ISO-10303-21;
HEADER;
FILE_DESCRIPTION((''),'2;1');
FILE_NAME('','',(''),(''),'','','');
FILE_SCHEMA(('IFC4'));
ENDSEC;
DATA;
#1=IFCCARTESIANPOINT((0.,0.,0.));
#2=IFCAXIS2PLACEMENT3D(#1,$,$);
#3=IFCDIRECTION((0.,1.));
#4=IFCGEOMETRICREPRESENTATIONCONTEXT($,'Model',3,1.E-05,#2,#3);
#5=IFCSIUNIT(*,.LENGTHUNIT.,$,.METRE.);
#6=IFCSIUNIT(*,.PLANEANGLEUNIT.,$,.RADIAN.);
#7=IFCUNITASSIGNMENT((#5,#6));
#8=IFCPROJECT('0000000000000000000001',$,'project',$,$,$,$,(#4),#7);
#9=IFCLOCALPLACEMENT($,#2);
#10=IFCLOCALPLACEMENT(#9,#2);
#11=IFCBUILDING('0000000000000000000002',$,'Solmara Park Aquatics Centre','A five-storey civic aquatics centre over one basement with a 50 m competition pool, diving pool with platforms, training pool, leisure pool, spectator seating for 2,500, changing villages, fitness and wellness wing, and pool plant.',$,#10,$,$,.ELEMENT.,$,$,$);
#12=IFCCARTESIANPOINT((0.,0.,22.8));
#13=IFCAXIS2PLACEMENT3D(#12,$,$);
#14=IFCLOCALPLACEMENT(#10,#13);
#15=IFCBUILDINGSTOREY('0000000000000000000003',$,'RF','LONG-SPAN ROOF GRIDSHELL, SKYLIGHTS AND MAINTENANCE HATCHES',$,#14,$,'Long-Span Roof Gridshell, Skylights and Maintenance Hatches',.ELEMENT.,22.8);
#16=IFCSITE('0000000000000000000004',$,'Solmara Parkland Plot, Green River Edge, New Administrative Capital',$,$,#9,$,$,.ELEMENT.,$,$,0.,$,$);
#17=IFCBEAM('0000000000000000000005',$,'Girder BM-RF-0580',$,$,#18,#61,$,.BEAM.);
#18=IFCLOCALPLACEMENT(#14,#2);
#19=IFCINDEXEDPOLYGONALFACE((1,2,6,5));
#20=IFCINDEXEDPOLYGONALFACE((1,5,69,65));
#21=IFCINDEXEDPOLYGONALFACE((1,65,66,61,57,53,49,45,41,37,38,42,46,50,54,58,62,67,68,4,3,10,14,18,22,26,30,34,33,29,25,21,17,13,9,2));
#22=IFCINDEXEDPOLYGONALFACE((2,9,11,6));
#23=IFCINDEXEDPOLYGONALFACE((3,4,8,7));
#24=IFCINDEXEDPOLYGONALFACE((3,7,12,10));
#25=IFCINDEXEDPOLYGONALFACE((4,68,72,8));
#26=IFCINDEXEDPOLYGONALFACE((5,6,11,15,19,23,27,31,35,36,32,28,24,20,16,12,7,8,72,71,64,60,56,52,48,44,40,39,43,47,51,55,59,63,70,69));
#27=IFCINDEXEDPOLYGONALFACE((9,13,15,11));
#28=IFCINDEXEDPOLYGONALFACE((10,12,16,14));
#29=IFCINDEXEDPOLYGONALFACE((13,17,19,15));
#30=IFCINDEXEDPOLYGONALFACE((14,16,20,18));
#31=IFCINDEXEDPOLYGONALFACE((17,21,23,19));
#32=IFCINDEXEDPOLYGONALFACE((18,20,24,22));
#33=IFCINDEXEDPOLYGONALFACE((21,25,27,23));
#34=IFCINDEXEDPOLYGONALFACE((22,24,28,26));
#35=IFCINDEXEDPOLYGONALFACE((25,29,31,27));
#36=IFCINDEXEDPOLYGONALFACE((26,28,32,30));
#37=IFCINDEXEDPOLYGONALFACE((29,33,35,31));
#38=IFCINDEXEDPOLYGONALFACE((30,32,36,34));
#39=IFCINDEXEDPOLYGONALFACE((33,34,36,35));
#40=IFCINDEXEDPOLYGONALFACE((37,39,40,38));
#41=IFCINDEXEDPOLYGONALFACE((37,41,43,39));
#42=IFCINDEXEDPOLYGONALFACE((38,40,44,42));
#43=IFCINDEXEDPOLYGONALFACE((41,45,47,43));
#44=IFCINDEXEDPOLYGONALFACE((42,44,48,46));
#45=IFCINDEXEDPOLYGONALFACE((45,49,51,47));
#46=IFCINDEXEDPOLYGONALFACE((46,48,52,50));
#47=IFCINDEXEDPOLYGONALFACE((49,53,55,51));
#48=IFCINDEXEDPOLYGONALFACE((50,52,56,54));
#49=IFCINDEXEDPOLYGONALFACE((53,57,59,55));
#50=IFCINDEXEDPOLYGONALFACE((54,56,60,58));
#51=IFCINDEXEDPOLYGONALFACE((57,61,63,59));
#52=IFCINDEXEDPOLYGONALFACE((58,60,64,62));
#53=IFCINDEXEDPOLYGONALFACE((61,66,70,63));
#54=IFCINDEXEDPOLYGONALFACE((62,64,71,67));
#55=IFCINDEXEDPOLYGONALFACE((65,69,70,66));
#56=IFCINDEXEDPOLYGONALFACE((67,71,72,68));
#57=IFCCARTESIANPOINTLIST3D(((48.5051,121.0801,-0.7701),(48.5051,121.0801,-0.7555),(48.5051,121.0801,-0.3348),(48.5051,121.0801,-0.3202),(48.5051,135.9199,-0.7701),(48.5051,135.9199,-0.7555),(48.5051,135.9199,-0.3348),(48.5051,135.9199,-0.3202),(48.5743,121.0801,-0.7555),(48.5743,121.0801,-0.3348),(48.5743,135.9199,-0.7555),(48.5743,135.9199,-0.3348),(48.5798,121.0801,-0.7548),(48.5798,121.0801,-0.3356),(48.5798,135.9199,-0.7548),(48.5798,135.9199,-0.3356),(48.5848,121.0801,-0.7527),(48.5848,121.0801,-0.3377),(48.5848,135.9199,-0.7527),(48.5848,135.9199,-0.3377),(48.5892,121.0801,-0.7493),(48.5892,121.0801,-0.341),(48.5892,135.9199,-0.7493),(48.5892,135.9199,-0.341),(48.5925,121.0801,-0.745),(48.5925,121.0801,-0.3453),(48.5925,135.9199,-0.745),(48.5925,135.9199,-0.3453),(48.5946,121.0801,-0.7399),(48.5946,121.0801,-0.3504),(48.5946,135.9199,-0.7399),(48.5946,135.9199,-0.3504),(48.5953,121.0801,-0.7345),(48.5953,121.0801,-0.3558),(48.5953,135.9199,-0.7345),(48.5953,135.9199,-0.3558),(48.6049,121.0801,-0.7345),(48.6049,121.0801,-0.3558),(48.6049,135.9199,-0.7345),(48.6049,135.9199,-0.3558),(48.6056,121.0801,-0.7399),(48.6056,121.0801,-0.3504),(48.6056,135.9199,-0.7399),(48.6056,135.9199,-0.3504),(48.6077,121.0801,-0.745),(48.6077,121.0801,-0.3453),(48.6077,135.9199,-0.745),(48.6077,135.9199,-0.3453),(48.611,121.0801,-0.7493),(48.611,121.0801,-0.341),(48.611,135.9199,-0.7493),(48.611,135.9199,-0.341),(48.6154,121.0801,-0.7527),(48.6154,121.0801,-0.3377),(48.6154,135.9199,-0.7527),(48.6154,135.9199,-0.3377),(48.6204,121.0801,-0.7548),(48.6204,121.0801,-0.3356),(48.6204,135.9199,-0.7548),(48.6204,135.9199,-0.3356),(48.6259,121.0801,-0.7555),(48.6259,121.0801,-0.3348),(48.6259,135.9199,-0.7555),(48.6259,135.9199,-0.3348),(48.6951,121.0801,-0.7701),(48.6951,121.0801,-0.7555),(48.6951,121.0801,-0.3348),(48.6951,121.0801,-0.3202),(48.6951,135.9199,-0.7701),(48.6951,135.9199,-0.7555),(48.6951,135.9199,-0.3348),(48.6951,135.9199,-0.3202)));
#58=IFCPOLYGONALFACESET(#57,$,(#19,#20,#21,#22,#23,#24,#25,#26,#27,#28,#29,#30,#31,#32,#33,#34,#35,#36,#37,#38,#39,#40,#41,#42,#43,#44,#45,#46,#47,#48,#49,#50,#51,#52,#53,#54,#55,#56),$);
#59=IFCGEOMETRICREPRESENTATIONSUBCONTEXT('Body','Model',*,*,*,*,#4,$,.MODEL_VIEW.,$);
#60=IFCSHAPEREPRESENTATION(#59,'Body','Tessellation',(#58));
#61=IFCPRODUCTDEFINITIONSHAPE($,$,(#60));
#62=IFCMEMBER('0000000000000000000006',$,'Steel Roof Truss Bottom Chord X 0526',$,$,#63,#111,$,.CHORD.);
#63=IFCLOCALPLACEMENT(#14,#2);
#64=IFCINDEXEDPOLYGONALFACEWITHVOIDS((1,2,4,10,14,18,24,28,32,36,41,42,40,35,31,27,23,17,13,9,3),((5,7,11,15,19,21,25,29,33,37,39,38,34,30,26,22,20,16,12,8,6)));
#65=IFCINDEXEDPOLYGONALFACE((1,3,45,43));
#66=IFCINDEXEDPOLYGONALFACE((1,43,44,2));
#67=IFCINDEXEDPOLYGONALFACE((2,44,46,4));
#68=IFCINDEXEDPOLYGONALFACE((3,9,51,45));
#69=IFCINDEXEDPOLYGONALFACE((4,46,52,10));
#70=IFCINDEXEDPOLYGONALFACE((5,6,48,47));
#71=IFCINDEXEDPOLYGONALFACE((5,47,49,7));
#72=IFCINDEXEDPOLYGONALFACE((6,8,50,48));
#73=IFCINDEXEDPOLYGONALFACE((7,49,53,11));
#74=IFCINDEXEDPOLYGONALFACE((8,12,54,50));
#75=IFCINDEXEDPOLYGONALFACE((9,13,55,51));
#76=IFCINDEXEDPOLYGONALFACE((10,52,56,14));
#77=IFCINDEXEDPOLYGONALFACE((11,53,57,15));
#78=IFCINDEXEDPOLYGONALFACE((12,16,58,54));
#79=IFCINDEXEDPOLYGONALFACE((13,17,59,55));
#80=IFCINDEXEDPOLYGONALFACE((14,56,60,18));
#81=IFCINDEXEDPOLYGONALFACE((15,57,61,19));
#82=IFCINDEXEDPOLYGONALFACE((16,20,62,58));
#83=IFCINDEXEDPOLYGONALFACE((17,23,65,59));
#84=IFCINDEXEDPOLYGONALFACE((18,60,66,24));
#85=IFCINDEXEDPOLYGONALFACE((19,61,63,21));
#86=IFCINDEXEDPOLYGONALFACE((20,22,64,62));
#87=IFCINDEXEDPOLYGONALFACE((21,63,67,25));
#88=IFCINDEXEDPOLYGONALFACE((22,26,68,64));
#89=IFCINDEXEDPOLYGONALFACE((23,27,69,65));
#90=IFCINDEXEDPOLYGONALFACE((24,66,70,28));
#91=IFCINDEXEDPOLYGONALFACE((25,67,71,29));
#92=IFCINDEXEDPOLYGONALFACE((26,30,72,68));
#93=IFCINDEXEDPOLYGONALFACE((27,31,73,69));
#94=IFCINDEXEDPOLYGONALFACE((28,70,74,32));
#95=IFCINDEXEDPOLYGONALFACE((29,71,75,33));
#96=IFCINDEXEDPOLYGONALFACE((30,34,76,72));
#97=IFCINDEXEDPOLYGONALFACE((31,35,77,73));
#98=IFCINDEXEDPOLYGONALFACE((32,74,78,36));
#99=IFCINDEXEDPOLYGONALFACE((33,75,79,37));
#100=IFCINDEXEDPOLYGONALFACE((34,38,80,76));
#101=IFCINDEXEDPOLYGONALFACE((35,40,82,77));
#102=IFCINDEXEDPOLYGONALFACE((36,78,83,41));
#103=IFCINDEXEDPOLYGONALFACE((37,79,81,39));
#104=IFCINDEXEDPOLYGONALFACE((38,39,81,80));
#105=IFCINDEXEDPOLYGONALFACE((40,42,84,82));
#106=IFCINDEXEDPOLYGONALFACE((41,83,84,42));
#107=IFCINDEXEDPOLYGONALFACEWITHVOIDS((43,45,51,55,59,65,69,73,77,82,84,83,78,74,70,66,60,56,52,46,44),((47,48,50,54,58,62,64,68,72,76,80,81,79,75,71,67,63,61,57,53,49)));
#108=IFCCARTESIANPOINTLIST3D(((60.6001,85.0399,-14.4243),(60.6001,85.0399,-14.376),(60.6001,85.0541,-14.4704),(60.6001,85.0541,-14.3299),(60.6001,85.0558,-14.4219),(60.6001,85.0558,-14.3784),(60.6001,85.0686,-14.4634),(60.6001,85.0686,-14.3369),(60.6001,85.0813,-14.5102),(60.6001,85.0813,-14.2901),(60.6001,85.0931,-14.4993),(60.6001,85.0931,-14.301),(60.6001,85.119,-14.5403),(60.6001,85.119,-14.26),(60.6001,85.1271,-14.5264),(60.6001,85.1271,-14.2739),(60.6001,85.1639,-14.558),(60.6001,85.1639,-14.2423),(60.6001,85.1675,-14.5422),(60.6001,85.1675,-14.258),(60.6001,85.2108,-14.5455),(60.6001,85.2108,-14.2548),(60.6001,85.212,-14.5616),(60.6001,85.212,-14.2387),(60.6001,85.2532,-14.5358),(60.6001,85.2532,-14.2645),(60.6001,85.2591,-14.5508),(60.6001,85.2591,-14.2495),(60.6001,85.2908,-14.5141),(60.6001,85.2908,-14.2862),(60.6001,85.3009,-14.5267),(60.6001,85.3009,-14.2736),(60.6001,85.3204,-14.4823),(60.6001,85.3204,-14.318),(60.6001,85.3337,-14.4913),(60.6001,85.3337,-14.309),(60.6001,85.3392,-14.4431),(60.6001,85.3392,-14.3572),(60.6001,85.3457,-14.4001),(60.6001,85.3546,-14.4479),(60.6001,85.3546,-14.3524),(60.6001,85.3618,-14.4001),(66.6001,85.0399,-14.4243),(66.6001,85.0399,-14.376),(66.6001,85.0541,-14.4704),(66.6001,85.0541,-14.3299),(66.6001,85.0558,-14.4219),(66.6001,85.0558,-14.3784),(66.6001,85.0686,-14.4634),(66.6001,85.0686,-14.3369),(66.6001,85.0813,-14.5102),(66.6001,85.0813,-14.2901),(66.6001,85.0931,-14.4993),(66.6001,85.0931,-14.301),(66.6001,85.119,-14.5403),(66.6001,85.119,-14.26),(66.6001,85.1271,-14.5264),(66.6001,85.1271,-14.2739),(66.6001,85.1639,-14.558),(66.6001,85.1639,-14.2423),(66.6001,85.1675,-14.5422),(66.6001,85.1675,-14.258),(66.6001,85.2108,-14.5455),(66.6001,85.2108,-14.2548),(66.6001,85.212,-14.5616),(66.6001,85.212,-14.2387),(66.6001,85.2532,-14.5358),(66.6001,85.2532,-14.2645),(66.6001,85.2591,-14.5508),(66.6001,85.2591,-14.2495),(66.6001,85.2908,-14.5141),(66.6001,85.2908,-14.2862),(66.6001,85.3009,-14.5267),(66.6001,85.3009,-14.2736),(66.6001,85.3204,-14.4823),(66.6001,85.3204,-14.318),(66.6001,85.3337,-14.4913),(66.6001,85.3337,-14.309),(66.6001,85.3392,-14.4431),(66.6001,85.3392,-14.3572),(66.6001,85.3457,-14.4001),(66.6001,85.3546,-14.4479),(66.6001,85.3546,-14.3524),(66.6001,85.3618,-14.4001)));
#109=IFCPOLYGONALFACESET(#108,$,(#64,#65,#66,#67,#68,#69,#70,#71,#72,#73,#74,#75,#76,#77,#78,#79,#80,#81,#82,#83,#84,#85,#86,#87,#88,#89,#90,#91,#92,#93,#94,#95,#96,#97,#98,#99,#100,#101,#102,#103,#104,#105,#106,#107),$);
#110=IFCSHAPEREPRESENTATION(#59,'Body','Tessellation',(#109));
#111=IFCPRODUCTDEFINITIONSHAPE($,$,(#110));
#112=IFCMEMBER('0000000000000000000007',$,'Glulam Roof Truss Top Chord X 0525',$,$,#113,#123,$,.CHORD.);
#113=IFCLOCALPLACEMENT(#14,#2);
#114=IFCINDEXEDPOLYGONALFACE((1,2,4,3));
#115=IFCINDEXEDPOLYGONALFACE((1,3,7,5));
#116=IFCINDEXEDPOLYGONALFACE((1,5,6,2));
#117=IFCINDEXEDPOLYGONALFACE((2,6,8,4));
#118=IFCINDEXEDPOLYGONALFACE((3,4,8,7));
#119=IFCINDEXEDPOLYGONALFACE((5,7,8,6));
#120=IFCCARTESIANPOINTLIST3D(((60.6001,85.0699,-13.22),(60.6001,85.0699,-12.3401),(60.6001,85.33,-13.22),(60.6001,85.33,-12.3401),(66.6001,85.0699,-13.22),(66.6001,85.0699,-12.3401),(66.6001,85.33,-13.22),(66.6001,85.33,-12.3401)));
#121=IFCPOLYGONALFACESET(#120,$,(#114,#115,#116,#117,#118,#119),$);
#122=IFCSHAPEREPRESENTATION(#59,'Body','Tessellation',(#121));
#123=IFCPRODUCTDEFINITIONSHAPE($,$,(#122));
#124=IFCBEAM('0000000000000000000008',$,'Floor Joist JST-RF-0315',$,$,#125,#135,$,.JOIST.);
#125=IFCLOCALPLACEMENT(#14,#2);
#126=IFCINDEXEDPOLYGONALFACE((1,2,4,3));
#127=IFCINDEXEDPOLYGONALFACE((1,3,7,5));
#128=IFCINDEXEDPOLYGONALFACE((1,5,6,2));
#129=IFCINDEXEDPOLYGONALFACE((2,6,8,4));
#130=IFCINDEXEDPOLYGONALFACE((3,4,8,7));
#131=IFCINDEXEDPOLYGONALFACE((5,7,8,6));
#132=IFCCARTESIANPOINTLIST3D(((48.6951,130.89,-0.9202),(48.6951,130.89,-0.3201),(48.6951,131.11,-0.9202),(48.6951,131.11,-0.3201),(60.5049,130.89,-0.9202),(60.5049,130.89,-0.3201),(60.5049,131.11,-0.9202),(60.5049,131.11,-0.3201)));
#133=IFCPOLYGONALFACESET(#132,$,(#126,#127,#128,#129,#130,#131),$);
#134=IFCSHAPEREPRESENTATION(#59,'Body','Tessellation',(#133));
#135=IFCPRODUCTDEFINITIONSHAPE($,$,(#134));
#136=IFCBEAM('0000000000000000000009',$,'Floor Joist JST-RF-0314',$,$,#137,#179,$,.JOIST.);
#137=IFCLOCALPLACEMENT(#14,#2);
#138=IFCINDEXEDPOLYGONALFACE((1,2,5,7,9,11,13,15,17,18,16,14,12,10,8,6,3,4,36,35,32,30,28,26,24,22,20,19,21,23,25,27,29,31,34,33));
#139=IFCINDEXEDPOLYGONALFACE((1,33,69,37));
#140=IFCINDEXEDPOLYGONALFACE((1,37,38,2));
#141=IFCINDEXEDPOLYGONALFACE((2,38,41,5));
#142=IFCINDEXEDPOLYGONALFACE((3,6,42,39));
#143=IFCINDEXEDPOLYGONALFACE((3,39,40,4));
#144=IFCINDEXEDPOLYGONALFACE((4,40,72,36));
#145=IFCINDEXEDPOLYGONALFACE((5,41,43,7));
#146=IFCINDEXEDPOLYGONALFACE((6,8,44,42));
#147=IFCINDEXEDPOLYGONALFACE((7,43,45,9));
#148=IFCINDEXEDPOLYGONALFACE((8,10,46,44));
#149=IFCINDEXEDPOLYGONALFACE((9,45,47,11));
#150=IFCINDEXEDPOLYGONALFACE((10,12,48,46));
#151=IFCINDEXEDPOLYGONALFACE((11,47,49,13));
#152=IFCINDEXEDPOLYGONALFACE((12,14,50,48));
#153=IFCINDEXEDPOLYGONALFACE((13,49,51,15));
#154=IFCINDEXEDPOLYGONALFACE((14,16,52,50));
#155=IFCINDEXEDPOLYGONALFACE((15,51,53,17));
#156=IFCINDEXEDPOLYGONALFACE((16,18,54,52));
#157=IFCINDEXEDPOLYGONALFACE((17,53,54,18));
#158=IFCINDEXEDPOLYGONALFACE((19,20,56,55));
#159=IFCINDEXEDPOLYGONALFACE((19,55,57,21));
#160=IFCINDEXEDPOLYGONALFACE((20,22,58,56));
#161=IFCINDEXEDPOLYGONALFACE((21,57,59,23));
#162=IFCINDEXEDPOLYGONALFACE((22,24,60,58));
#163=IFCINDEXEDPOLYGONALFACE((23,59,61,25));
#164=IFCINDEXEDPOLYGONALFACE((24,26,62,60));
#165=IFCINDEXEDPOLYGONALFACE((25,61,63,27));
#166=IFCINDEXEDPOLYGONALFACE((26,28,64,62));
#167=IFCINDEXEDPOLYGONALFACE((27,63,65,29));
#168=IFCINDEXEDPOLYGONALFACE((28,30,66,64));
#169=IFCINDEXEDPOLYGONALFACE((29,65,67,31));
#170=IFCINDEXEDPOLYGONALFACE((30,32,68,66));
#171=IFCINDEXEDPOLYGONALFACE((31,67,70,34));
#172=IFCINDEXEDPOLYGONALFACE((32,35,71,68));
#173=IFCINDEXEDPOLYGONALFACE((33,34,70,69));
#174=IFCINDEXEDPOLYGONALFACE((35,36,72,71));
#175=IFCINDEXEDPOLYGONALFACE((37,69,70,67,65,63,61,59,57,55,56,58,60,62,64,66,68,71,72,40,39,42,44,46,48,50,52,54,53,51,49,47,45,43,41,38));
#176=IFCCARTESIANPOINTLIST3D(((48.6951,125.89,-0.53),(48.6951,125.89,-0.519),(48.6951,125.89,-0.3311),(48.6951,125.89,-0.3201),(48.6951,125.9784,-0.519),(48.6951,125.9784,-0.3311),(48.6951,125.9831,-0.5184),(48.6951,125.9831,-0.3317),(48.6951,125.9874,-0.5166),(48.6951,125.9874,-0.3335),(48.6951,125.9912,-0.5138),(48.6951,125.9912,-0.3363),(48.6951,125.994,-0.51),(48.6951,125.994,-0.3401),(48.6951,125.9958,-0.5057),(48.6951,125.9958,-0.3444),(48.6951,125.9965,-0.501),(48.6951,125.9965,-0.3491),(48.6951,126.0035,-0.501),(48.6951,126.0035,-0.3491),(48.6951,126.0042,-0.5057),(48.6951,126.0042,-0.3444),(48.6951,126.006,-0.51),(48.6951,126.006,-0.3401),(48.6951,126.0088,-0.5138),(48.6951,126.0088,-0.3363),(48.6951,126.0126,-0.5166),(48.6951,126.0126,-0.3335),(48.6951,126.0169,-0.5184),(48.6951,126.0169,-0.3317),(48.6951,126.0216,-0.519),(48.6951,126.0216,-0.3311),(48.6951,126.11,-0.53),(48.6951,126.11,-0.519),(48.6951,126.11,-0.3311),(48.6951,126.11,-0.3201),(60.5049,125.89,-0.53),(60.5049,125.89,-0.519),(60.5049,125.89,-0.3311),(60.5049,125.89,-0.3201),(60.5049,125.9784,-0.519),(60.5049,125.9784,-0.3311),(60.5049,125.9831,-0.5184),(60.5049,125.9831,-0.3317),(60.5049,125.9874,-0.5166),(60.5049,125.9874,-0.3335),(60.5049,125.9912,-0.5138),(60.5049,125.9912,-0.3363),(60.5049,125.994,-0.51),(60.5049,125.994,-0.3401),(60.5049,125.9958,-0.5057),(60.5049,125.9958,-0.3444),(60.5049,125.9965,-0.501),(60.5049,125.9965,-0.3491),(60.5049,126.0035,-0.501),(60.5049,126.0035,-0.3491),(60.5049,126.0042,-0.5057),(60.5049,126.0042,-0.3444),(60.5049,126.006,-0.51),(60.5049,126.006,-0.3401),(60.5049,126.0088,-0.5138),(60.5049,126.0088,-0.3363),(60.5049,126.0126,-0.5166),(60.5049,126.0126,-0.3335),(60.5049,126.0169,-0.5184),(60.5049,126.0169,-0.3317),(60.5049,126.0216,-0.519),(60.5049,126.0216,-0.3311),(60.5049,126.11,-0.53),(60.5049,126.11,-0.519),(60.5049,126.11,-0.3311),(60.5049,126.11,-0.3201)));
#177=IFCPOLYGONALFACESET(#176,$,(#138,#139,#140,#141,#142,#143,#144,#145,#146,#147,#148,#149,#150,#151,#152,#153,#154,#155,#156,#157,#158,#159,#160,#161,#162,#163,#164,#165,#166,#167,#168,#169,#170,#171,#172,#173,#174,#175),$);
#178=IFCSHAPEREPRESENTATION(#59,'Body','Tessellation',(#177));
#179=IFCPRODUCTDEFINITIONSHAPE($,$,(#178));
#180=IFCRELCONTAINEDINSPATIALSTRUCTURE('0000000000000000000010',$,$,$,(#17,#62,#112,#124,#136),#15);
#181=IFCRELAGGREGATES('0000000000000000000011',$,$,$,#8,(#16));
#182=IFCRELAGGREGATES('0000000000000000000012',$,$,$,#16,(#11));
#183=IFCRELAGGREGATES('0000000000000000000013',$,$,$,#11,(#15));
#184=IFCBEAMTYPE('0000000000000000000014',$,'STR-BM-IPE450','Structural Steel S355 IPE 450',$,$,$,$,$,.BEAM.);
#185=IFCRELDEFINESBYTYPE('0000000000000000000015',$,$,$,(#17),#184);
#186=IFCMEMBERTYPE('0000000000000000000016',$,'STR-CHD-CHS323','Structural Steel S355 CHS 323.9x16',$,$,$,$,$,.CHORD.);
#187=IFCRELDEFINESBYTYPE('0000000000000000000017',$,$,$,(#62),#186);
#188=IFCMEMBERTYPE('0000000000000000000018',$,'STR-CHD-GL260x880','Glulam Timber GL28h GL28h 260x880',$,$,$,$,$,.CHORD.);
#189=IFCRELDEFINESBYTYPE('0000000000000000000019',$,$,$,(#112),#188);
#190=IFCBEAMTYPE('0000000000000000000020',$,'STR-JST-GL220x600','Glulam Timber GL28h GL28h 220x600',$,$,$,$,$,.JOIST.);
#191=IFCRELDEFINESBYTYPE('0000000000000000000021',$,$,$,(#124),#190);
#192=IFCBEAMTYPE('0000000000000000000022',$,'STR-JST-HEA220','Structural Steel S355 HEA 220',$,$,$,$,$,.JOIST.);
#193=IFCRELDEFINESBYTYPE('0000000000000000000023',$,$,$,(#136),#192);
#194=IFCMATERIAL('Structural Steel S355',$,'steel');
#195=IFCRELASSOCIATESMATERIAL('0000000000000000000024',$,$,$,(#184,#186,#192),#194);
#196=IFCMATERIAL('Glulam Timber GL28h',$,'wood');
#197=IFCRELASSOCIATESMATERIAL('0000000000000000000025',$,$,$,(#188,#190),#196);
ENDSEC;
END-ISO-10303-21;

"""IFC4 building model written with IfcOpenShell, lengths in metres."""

from ifc_helpers import new_model, si_unit, direction, frame, origin, origin_2d, place, context, subcontext, project, spatial, rectangle, hollow_circle, i_section, extrude, material, material_profile, profile_set, type_object, element, save


model = new_model("IFC4")

# Units and contexts
model_context = context("Model", 3, precision=1e-05, world=origin(), true_north=direction((0.0, 1.0)))
body_context = subcontext(model_context, "Body", "Model", "MODEL_VIEW")
ifc_project = project(units=[si_unit("LENGTHUNIT", "METRE"), si_unit("PLANEANGLEUNIT", "RADIAN")], contexts=[model_context])

# Site, building, storey
site_placement = place(None, origin())
site = spatial("IfcSite", under=ifc_project, at=site_placement, Name="Solmara Parkland Plot, Green River Edge, New Administrative Capital", CompositionType="ELEMENT", RefElevation=0.0)
building_placement = place(site_placement, origin())
building = spatial("IfcBuilding", under=site, at=building_placement, Name="Solmara Park Aquatics Centre", Description="A five-storey civic aquatics centre over one basement with a 50 m competition pool, diving pool with platforms, training pool, leisure pool, spectator seating for 2,500, changing villages, fitness and wellness wing, and pool plant.", CompositionType="ELEMENT")
storey_placement = place(building_placement, frame((0.0, 0.0, 22.8)))
storey = spatial("IfcBuildingStorey", under=building, at=storey_placement, Name="RF", Description="LONG-SPAN ROOF GRIDSHELL, SKYLIGHTS AND MAINTENANCE HATCHES", LongName="Long-Span Roof Gridshell, Skylights and Maintenance Hatches", CompositionType="ELEMENT", Elevation=22.8)

# Beam
ifc_material_1 = material(Name="Structural Steel S355", Category="steel")
ifc_material_profile_1 = material_profile(ifc_material_1, i_section(OverallWidth=0.1899, OverallDepth=0.45, WebThickness=0.0095, FlangeThickness=0.0146, FilletRadius=0.021, at=origin_2d()), Name="IPE 450")
ifc_profile_set_1 = profile_set([ifc_material_profile_1], Name="Structural Steel S355")
beam_type_1 = type_object("IfcBeamType", Name="STR-BM-IPE450", Description="Structural Steel S355 IPE 450", PredefinedType="BEAM", material=ifc_profile_set_1)
beam_1_placement = place(storey_placement, frame((48.6001, 121.0801, -0.5452), z_axis=(0.0, 1.0, 0.0), x_axis=(-1.0, 0.0, 0.0)))
element("IfcBeam", 1, at=beam_1_placement, inside=storey, type_object=beam_type_1, Name="Girder BM-RF-0580", PredefinedType="BEAM", context=body_context, shape_type="SweptSolid", body=[
    extrude(i_section(OverallWidth=0.1899, OverallDepth=0.45, WebThickness=0.0095, FlangeThickness=0.0146, FilletRadius=0.021, at=origin_2d()), origin(), (0.0, 0.0, 1.0), 14.8398),
])

# Members
ifc_material_profile_2 = material_profile(ifc_material_1, hollow_circle(Radius=0.1619, WallThickness=0.0161, at=origin_2d()), Name="CHS 323.9x16")
ifc_profile_set_2 = profile_set([ifc_material_profile_2], Name="Structural Steel S355")
member_type_1 = type_object("IfcMemberType", Name="STR-CHD-CHS323", Description="Structural Steel S355 CHS 323.9x16", PredefinedType="CHORD", material=ifc_profile_set_2)
member_1_placement = place(storey_placement, frame((60.6001, 85.2, -14.4001), z_axis=(1.0, 0.0, 0.0), x_axis=(0.0, 1.0, 0.0)))
element("IfcMember", 2, at=member_1_placement, inside=storey, type_object=member_type_1, Name="Steel Roof Truss Bottom Chord X 0526", PredefinedType="CHORD", context=body_context, shape_type="SweptSolid", body=[
    extrude(hollow_circle(Radius=0.1619, WallThickness=0.0161, at=origin_2d()), origin(), (0.0, 0.0, 1.0), 6.0),
])
ifc_material_2 = material(Name="Glulam Timber GL28h", Category="wood")
ifc_material_profile_3 = material_profile(ifc_material_2, rectangle(XDim=0.26, YDim=0.8799, at=origin_2d()), Name="GL28h 260x880")
ifc_profile_set_3 = profile_set([ifc_material_profile_3], Name="Glulam Timber GL28h")
member_type_2 = type_object("IfcMemberType", Name="STR-CHD-GL260x880", Description="Glulam Timber GL28h GL28h 260x880", PredefinedType="CHORD", material=ifc_profile_set_3)
member_2_placement = place(storey_placement, frame((60.6001, 85.2, -12.78), z_axis=(1.0, 0.0, 0.0), x_axis=(0.0, 1.0, 0.0)))
element("IfcMember", 3, at=member_2_placement, inside=storey, type_object=member_type_2, Name="Glulam Roof Truss Top Chord X 0525", PredefinedType="CHORD", context=body_context, shape_type="SweptSolid", body=[
    extrude(rectangle(XDim=0.26, YDim=0.8799, at=origin_2d()), origin(), (0.0, 0.0, 1.0), 6.0),
])

# Beams
ifc_material_profile_4 = material_profile(ifc_material_2, rectangle(XDim=0.22, YDim=0.6001, at=origin_2d()), Name="GL28h 220x600")
ifc_profile_set_4 = profile_set([ifc_material_profile_4], Name="Glulam Timber GL28h")
beam_type_2 = type_object("IfcBeamType", Name="STR-JST-GL220x600", Description="Glulam Timber GL28h GL28h 220x600", PredefinedType="JOIST", material=ifc_profile_set_4)
beam_2_placement = place(storey_placement, frame((48.6951, 131.0, -0.6201), z_axis=(1.0, 0.0, 0.0), x_axis=(0.0, 1.0, 0.0)))
element("IfcBeam", 4, at=beam_2_placement, inside=storey, type_object=beam_type_2, Name="Floor Joist JST-RF-0315", PredefinedType="JOIST", context=body_context, shape_type="SweptSolid", body=[
    extrude(rectangle(XDim=0.22, YDim=0.6001, at=origin_2d()), origin(), (0.0, 0.0, 1.0), 11.8098),
])
ifc_material_profile_5 = material_profile(ifc_material_1, i_section(OverallWidth=0.22, OverallDepth=0.21, WebThickness=0.0071, FlangeThickness=0.011, FilletRadius=0.0181, at=origin_2d()), Name="HEA 220")
ifc_profile_set_5 = profile_set([ifc_material_profile_5], Name="Structural Steel S355")
beam_type_3 = type_object("IfcBeamType", Name="STR-JST-HEA220", Description="Structural Steel S355 HEA 220", PredefinedType="JOIST", material=ifc_profile_set_5)
beam_3_placement = place(storey_placement, frame((48.6951, 126.0, -0.425), z_axis=(1.0, 0.0, 0.0), x_axis=(0.0, 1.0, 0.0)))
element("IfcBeam", 5, at=beam_3_placement, inside=storey, type_object=beam_type_3, Name="Floor Joist JST-RF-0314", PredefinedType="JOIST", context=body_context, shape_type="SweptSolid", body=[
    extrude(i_section(OverallWidth=0.22, OverallDepth=0.21, WebThickness=0.0071, FlangeThickness=0.011, FilletRadius=0.0181, at=origin_2d()), origin(), (0.0, 0.0, 1.0), 11.8098),
])

save(model, "model.ifc")
